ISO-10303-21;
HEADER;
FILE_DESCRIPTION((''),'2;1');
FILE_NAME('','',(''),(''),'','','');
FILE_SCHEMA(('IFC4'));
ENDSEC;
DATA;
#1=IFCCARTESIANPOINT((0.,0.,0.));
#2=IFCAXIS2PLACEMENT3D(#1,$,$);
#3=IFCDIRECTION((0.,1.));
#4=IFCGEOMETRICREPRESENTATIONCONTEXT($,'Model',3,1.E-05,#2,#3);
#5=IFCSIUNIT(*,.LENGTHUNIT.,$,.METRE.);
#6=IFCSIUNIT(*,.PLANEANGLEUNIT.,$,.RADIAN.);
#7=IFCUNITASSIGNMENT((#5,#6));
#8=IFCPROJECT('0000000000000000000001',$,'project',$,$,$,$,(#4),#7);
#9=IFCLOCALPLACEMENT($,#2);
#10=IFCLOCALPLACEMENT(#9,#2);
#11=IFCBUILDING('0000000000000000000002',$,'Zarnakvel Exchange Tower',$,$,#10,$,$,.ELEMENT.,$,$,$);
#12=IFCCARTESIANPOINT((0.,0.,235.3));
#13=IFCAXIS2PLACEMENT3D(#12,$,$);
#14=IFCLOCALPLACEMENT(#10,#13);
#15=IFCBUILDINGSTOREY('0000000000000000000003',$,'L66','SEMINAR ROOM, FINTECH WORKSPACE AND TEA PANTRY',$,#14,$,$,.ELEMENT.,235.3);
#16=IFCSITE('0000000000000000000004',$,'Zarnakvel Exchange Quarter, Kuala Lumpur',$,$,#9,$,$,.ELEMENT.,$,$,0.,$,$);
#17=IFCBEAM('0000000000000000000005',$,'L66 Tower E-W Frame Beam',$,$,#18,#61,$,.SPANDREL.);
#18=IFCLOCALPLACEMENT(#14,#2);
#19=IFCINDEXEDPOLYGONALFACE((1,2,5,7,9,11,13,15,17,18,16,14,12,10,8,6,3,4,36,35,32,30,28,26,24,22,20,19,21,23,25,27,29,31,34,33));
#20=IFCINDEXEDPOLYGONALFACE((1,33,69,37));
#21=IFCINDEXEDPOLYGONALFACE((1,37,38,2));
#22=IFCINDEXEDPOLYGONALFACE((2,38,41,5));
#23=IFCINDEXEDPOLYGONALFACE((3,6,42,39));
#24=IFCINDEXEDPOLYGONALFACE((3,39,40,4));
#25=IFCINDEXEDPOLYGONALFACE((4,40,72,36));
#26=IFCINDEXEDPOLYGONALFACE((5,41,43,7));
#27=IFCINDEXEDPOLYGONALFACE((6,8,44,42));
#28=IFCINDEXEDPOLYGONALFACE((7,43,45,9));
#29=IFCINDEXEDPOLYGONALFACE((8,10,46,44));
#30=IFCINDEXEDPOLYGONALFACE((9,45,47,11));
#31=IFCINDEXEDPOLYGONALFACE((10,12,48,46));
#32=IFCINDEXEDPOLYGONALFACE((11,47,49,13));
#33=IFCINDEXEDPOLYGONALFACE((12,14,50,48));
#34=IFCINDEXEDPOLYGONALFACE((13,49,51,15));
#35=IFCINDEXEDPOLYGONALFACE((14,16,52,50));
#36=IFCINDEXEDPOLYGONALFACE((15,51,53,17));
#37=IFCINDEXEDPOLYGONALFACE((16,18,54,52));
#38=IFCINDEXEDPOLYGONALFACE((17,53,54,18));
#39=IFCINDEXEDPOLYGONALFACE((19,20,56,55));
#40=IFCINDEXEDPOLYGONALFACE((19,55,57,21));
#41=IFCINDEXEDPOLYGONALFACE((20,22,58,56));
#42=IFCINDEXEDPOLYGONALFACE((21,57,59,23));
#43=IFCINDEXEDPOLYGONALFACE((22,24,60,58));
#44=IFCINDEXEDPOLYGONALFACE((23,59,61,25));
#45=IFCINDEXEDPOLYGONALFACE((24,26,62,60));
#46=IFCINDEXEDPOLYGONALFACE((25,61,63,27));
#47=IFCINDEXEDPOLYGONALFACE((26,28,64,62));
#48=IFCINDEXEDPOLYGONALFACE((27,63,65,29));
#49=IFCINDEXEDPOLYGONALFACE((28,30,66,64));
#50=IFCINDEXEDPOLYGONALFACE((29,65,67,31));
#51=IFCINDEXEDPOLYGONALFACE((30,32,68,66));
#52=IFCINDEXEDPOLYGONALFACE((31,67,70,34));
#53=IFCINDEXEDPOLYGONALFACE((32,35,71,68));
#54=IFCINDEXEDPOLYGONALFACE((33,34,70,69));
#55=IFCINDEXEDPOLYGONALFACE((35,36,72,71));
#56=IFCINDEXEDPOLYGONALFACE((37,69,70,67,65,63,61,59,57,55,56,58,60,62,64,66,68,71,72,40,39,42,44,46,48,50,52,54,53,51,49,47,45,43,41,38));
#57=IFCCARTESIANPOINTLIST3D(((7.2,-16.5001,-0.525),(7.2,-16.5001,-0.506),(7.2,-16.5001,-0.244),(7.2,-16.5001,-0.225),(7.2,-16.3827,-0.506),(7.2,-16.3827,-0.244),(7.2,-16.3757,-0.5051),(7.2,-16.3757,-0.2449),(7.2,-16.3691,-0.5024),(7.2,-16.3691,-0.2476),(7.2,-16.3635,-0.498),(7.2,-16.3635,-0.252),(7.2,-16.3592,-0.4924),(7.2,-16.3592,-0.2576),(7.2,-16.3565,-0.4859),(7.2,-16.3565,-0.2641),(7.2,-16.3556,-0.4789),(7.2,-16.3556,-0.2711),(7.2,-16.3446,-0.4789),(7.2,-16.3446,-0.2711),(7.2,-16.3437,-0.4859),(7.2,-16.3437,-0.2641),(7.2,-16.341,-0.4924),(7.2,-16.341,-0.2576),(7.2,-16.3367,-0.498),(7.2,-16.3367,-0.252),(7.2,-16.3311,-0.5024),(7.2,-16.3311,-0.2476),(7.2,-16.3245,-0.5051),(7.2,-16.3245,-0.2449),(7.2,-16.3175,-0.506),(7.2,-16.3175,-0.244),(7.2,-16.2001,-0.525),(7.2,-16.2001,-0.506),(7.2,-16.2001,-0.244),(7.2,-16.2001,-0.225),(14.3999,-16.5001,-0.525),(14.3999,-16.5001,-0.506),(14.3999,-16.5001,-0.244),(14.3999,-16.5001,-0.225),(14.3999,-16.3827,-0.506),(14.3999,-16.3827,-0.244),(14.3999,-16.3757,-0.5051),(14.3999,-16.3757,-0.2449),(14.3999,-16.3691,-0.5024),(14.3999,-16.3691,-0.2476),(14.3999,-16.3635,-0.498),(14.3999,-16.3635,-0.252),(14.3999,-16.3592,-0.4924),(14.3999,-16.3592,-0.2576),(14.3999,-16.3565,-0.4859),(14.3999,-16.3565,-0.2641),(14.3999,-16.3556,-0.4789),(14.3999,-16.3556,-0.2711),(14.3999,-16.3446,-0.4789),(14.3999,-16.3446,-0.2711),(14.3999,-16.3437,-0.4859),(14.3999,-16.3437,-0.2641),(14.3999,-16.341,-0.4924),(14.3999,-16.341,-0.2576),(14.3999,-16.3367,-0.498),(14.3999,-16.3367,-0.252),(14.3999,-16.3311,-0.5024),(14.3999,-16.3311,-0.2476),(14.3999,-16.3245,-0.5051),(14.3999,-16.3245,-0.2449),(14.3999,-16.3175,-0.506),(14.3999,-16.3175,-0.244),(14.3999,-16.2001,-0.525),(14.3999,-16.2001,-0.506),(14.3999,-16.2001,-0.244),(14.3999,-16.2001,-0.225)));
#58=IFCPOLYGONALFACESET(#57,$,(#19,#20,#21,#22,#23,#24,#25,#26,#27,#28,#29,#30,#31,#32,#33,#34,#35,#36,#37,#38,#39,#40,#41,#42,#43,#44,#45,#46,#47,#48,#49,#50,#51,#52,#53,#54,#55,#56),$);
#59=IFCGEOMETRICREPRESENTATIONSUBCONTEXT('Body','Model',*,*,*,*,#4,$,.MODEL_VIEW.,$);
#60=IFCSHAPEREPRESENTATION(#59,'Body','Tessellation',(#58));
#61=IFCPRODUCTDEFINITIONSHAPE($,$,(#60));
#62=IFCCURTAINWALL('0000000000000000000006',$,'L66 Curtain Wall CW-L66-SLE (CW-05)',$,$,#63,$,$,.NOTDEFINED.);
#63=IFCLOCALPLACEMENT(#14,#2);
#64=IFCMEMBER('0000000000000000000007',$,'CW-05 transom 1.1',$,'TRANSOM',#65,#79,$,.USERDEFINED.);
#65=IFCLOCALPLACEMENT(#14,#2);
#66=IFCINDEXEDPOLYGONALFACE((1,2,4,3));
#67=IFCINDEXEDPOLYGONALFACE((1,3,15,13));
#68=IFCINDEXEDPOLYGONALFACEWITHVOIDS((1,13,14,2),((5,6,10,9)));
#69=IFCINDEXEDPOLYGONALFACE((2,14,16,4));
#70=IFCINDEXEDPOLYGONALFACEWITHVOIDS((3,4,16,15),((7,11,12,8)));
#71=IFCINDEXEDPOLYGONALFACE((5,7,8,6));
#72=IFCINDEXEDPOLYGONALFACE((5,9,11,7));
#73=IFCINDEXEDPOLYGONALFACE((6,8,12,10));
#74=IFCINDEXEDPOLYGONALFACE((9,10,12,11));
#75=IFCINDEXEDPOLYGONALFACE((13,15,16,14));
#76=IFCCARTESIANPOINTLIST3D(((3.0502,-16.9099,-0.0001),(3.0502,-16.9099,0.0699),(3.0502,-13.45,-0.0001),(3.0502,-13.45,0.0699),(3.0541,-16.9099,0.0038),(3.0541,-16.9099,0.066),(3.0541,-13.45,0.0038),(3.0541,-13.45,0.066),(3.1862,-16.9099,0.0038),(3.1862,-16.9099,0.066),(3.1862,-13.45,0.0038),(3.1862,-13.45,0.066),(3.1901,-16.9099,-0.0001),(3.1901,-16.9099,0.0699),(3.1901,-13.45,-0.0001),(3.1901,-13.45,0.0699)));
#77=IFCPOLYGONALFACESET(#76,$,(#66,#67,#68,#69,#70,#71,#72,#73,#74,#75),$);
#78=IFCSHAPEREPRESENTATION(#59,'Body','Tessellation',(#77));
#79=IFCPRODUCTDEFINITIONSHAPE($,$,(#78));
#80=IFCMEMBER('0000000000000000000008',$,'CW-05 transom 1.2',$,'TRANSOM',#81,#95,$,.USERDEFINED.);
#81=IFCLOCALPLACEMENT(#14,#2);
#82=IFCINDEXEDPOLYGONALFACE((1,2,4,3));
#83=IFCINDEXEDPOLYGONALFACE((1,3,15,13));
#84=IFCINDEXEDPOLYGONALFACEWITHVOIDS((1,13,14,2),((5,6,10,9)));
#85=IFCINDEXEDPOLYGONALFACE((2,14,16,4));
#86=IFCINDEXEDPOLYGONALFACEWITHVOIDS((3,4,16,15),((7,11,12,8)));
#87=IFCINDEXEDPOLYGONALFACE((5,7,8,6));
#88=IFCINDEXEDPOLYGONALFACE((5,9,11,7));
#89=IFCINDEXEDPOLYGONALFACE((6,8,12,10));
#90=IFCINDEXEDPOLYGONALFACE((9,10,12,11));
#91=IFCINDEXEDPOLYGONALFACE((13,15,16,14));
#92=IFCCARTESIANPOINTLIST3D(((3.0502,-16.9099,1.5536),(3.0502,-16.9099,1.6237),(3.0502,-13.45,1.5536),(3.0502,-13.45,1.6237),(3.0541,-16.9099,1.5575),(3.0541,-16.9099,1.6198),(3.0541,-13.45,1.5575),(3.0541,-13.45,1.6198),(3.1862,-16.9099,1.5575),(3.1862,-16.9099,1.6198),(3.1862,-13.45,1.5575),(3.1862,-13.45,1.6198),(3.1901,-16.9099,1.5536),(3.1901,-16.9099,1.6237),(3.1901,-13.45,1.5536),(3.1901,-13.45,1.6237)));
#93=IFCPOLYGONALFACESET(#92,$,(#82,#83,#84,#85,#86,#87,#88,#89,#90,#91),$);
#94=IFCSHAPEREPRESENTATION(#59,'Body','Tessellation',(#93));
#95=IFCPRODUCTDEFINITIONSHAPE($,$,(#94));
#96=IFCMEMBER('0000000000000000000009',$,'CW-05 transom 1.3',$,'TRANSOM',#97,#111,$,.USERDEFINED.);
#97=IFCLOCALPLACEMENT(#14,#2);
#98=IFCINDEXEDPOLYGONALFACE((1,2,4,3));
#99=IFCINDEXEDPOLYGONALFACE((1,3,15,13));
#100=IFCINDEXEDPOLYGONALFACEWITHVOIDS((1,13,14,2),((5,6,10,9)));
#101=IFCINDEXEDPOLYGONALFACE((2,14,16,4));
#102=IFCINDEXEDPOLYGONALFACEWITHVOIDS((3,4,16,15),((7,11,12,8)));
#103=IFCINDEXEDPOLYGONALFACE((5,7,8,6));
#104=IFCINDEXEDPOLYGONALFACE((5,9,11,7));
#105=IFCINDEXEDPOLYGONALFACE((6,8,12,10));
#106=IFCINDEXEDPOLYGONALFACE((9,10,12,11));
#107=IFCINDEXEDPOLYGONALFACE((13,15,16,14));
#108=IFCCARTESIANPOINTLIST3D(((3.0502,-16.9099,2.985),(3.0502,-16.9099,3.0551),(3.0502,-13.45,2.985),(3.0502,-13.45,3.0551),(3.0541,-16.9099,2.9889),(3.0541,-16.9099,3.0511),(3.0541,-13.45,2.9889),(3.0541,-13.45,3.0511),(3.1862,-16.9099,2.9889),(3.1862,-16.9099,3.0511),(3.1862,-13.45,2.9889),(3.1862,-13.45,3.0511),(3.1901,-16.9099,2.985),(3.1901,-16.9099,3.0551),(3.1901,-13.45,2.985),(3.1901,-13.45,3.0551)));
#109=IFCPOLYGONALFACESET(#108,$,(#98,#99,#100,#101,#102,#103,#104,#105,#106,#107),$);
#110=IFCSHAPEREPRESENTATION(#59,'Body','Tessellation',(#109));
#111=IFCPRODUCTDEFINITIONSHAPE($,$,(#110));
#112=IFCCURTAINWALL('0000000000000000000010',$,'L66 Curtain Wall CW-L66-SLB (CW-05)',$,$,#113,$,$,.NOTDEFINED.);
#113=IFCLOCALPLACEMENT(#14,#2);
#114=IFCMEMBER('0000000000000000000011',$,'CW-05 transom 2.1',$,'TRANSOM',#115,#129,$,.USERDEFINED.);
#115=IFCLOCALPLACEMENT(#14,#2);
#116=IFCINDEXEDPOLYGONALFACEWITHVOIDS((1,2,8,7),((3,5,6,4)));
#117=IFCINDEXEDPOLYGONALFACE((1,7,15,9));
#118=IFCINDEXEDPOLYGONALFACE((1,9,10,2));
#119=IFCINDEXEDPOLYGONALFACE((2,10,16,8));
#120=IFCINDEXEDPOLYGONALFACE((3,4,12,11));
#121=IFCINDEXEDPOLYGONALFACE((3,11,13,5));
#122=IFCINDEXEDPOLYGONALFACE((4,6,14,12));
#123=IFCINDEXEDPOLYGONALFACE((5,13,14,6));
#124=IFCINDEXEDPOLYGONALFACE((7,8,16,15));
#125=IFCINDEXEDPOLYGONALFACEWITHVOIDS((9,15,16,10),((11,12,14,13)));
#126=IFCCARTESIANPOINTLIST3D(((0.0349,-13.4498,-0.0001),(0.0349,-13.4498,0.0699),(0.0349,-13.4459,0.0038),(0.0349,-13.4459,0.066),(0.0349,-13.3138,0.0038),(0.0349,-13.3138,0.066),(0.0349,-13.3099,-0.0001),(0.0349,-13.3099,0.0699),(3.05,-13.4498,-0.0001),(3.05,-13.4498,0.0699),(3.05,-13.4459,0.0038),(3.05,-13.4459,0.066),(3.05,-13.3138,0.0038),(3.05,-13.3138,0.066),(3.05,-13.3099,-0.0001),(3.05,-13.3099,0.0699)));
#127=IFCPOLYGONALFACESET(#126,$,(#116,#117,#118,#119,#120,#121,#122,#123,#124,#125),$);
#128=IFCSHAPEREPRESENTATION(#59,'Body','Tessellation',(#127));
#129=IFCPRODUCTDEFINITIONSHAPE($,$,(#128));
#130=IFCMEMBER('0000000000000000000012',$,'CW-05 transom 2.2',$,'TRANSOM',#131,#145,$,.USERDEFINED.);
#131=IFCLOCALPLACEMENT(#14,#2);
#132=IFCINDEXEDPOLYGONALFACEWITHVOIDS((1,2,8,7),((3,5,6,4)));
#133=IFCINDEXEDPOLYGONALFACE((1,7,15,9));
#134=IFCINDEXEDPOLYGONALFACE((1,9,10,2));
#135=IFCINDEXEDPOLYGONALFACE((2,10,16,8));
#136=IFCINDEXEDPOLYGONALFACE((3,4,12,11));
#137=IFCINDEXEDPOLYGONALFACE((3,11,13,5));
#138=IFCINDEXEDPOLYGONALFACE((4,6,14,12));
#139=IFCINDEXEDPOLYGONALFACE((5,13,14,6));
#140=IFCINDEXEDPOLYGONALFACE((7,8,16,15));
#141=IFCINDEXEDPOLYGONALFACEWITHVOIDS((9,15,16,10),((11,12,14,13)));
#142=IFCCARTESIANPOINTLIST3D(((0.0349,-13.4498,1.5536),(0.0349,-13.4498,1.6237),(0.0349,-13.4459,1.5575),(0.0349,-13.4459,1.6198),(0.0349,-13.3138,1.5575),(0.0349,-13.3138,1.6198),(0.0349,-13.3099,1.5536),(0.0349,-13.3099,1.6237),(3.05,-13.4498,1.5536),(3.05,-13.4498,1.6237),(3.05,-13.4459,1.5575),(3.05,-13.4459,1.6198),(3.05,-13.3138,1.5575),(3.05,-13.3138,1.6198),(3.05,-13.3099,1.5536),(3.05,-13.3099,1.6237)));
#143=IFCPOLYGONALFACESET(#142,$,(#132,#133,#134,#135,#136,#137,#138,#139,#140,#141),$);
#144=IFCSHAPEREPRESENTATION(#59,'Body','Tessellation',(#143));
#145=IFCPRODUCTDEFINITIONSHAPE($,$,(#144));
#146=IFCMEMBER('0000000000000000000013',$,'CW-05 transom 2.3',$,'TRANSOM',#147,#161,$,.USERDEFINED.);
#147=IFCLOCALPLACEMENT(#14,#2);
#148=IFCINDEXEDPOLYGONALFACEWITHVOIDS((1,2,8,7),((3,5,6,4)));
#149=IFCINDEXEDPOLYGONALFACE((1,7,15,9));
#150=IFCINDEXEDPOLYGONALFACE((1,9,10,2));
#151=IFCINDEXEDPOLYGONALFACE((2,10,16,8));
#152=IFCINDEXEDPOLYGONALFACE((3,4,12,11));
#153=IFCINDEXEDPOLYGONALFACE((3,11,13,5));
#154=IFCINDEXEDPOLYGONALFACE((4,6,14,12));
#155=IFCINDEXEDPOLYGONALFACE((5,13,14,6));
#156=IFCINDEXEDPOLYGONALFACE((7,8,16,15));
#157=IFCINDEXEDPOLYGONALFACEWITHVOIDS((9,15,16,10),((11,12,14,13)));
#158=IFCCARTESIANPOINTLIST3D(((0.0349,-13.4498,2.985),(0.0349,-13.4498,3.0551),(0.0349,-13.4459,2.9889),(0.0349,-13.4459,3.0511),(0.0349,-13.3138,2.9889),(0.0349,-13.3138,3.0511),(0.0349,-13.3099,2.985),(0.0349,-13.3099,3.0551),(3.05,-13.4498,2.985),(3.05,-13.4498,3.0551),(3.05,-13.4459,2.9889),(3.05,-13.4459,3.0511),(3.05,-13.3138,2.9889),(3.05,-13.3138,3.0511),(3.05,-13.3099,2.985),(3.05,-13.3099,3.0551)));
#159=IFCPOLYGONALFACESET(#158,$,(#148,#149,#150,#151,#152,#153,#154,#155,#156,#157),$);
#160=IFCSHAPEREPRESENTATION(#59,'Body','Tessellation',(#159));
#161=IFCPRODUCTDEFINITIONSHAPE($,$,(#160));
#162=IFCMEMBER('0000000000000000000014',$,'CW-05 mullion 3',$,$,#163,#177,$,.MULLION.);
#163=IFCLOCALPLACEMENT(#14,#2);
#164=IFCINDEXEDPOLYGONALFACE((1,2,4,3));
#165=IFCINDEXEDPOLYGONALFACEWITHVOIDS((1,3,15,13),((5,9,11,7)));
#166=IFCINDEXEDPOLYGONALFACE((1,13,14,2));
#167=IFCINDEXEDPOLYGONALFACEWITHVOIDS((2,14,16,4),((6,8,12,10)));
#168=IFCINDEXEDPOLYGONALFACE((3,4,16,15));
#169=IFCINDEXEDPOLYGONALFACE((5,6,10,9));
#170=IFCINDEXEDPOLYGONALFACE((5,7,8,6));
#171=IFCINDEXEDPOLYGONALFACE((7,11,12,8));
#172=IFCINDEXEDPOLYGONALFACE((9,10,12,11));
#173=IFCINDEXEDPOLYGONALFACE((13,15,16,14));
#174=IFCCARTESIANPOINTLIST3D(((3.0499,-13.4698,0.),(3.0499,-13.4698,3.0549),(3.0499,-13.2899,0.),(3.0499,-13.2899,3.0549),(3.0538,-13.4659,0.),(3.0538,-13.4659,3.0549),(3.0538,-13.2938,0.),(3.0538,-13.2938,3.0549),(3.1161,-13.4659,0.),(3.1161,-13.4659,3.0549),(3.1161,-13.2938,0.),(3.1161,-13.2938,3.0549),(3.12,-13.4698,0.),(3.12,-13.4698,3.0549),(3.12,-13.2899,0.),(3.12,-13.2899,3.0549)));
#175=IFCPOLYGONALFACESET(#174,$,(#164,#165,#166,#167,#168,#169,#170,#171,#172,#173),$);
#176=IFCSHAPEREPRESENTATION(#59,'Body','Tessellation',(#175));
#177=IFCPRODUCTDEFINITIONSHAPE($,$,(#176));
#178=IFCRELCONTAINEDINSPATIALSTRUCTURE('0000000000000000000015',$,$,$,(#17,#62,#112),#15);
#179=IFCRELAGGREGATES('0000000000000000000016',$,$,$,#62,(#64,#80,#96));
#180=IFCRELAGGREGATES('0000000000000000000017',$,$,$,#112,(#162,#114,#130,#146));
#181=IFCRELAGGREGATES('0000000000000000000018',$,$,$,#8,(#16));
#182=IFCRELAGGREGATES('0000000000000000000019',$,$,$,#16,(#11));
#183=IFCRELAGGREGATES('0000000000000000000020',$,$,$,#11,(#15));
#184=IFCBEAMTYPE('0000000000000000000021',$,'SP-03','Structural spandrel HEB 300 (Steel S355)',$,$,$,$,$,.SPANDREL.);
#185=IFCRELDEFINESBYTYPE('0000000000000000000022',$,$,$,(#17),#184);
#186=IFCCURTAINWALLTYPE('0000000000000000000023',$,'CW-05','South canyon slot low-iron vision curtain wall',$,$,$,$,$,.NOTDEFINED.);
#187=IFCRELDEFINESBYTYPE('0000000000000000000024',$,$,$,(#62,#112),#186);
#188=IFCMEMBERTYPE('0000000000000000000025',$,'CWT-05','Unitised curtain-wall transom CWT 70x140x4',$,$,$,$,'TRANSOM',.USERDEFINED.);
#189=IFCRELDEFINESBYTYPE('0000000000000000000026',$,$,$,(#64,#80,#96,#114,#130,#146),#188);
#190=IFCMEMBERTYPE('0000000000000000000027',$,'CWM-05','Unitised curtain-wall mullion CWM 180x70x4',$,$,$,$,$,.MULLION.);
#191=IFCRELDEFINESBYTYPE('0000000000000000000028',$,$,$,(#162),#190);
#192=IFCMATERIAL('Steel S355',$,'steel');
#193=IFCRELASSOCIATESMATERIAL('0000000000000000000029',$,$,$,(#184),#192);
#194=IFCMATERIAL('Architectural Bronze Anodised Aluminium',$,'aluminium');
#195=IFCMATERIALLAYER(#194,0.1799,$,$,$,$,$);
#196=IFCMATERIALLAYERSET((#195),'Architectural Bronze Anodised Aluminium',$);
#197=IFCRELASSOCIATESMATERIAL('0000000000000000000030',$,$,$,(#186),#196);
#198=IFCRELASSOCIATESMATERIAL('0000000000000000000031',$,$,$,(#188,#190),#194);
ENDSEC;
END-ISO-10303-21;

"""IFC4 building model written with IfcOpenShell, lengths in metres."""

from ifc_helpers import new_model, si_unit, direction, frame, origin, origin_2d, place, context, subcontext, project, spatial, hollow_rectangle, i_section, extrude, source, transform, mapped, material, layer, layer_set, material_profile, profile_set, type_object, element, aggregate, save


model = new_model("IFC4")

# Units and contexts
model_context = context("Model", 3, precision=1e-05, world=origin(), true_north=direction((0.0, 1.0)))
body_context = subcontext(model_context, "Body", "Model", "MODEL_VIEW")
ifc_project = project(units=[si_unit("LENGTHUNIT", "METRE"), si_unit("PLANEANGLEUNIT", "RADIAN")], contexts=[model_context])

# Site, building, storey
site_placement = place(None, origin())
site = spatial("IfcSite", under=ifc_project, at=site_placement, Name="Zarnakvel Exchange Quarter, Kuala Lumpur", CompositionType="ELEMENT", RefElevation=0.0)
building_placement = place(site_placement, origin())
building = spatial("IfcBuilding", under=site, at=building_placement, Name="Zarnakvel Exchange Tower", CompositionType="ELEMENT")
storey_placement = place(building_placement, frame((0.0, 0.0, 235.3)))
storey = spatial("IfcBuildingStorey", under=building, at=storey_placement, Name="L66", Description="SEMINAR ROOM, FINTECH WORKSPACE AND TEA PANTRY", CompositionType="ELEMENT", Elevation=235.3)

# Beam
ifc_material_1 = material(Name="Steel S355", Category="steel")
ifc_material_profile_1 = material_profile(ifc_material_1, i_section(OverallWidth=0.3, OverallDepth=0.3, WebThickness=0.011, FlangeThickness=0.019, FilletRadius=0.0271, at=origin_2d()))
ifc_profile_set_1 = profile_set([ifc_material_profile_1], Name="Steel S355")
beam_type_1 = type_object("IfcBeamType", Name="SP-03", Description="Structural spandrel HEB 300 (Steel S355)", PredefinedType="SPANDREL", material=ifc_profile_set_1)
beam_1_placement = place(storey_placement, frame((7.2, -16.3501, -0.375), z_axis=(1.0, 0.0, 0.0), x_axis=(0.0, 1.0, 0.0)))
element("IfcBeam", 1, at=beam_1_placement, inside=storey, type_object=beam_type_1, Name="L66 Tower E-W Frame Beam", PredefinedType="SPANDREL", context=body_context, shape_type="SweptSolid", body=[
    extrude(i_section(OverallWidth=0.3, OverallDepth=0.3, WebThickness=0.011, FlangeThickness=0.019, FilletRadius=0.0271, at=origin_2d()), origin(), (0.0, 0.0, 1.0), 7.2),
])

# Curtain walls, members
ifc_material_2 = material(Name="Architectural Bronze Anodised Aluminium", Category="aluminium")
ifc_layer_1 = layer(ifc_material_2, 0.1799)
ifc_layer_set_1 = layer_set([ifc_layer_1], Name="Architectural Bronze Anodised Aluminium")
curtain_wall_type = type_object("IfcCurtainWallType", Name="CW-05", Description="South canyon slot low-iron vision curtain wall", PredefinedType="NOTDEFINED", material=ifc_layer_set_1)
curtain_wall_1_placement = place(storey_placement, origin())
curtain_wall_1 = element("IfcCurtainWall", 2, at=curtain_wall_1_placement, inside=storey, type_object=curtain_wall_type, Name="L66 Curtain Wall CW-L66-SLE (CW-05)", PredefinedType="NOTDEFINED")
ifc_material_profile_2 = material_profile(ifc_material_2, hollow_rectangle(XDim=0.1399, YDim=0.0701, WallThickness=0.0039, at=origin_2d()))
ifc_profile_set_2 = profile_set([ifc_material_profile_2], Name="Architectural Bronze Anodised Aluminium")
member_type_1 = type_object("IfcMemberType", Name="CWT-05", Description="Unitised curtain-wall transom CWT 70x140x4", ElementType="TRANSOM", PredefinedType="USERDEFINED", material=ifc_profile_set_2)
shared_shape_1 = source(origin(), body_context, "Body", "SweptSolid", [
    extrude(hollow_rectangle(XDim=0.1399, YDim=0.0701, WallThickness=0.0039, at=origin_2d()), origin(), (0.0, 0.0, 1.0), 3.46),
])
member_1_placement = place(storey_placement, frame((3.1201, -13.45, 0.0349), z_axis=(0.0, -1.0, 0.0), x_axis=(1.0, 0.0, 0.0)))
member_1 = element("IfcMember", 3, at=member_1_placement, type_object=member_type_1, Name="CW-05 transom 1.1", ObjectType="TRANSOM", PredefinedType="USERDEFINED", context=body_context, shape_type="MappedRepresentation", body=[
    mapped(shared_shape_1, transform((0.0, 0.0, 0.0), x_axis=(1.0, 0.0, 0.0), y_axis=(0.0, 1.0, 0.0), z_axis=(0.0, 0.0, 1.0), scale=1.0)),
])
member_2_placement = place(storey_placement, frame((3.1201, -13.45, 1.5886), z_axis=(0.0, -1.0, 0.0), x_axis=(1.0, 0.0, 0.0)))
member_2 = element("IfcMember", 4, at=member_2_placement, type_object=member_type_1, Name="CW-05 transom 1.2", ObjectType="TRANSOM", PredefinedType="USERDEFINED", context=body_context, shape_type="MappedRepresentation", body=[
    mapped(shared_shape_1, transform((0.0, 0.0, 0.0), x_axis=(1.0, 0.0, 0.0), y_axis=(0.0, 1.0, 0.0), z_axis=(0.0, 0.0, 1.0), scale=1.0)),
])
member_3_placement = place(storey_placement, frame((3.1201, -13.45, 3.02), z_axis=(0.0, -1.0, 0.0), x_axis=(1.0, 0.0, 0.0)))
member_3 = element("IfcMember", 5, at=member_3_placement, type_object=member_type_1, Name="CW-05 transom 1.3", ObjectType="TRANSOM", PredefinedType="USERDEFINED", context=body_context, shape_type="MappedRepresentation", body=[
    mapped(shared_shape_1, transform((0.0, 0.0, 0.0), x_axis=(1.0, 0.0, 0.0), y_axis=(0.0, 1.0, 0.0), z_axis=(0.0, 0.0, 1.0), scale=1.0)),
])
curtain_wall_2_placement = place(storey_placement, origin())
curtain_wall_2 = element("IfcCurtainWall", 6, at=curtain_wall_2_placement, inside=storey, type_object=curtain_wall_type, Name="L66 Curtain Wall CW-L66-SLB (CW-05)", PredefinedType="NOTDEFINED")
shared_shape_2 = source(origin(), body_context, "Body", "SweptSolid", [
    extrude(hollow_rectangle(XDim=0.1399, YDim=0.0701, WallThickness=0.0039, at=origin_2d()), origin(), (0.0, 0.0, 1.0), 3.0151),
])
member_4_placement = place(storey_placement, frame((0.0349, -13.3799, 0.0349), z_axis=(1.0, 0.0, 0.0), x_axis=(0.0, 1.0, 0.0)))
member_4 = element("IfcMember", 7, at=member_4_placement, type_object=member_type_1, Name="CW-05 transom 2.1", ObjectType="TRANSOM", PredefinedType="USERDEFINED", context=body_context, shape_type="MappedRepresentation", body=[
    mapped(shared_shape_2, transform((0.0, 0.0, 0.0), x_axis=(1.0, 0.0, 0.0), y_axis=(0.0, 1.0, 0.0), z_axis=(0.0, 0.0, 1.0), scale=1.0)),
])
member_5_placement = place(storey_placement, frame((0.0349, -13.3799, 1.5886), z_axis=(1.0, 0.0, 0.0), x_axis=(0.0, 1.0, 0.0)))
member_5 = element("IfcMember", 8, at=member_5_placement, type_object=member_type_1, Name="CW-05 transom 2.2", ObjectType="TRANSOM", PredefinedType="USERDEFINED", context=body_context, shape_type="MappedRepresentation", body=[
    mapped(shared_shape_2, transform((0.0, 0.0, 0.0), x_axis=(1.0, 0.0, 0.0), y_axis=(0.0, 1.0, 0.0), z_axis=(0.0, 0.0, 1.0), scale=1.0)),
])
member_6_placement = place(storey_placement, frame((0.0349, -13.3799, 3.02), z_axis=(1.0, 0.0, 0.0), x_axis=(0.0, 1.0, 0.0)))
member_6 = element("IfcMember", 9, at=member_6_placement, type_object=member_type_1, Name="CW-05 transom 2.3", ObjectType="TRANSOM", PredefinedType="USERDEFINED", context=body_context, shape_type="MappedRepresentation", body=[
    mapped(shared_shape_2, transform((0.0, 0.0, 0.0), x_axis=(1.0, 0.0, 0.0), y_axis=(0.0, 1.0, 0.0), z_axis=(0.0, 0.0, 1.0), scale=1.0)),
])
ifc_material_profile_3 = material_profile(ifc_material_2, hollow_rectangle(XDim=0.1799, YDim=0.0701, WallThickness=0.0039, at=origin_2d()))
ifc_profile_set_3 = profile_set([ifc_material_profile_3], Name="Architectural Bronze Anodised Aluminium")
member_type_2 = type_object("IfcMemberType", Name="CWM-05", Description="Unitised curtain-wall mullion CWM 180x70x4", PredefinedType="MULLION", material=ifc_profile_set_3)
shared_shape_3 = source(origin(), body_context, "Body", "SweptSolid", [
    extrude(hollow_rectangle(XDim=0.1799, YDim=0.0701, WallThickness=0.0039, at=origin_2d()), origin(), (0.0, 0.0, 1.0), 3.0549),
])
member_7_placement = place(storey_placement, frame((3.085, -13.3799, 0.0), z_axis=(0.0, 0.0, 1.0), x_axis=(0.0, 1.0, 0.0)))
member_7 = element("IfcMember", 10, at=member_7_placement, type_object=member_type_2, Name="CW-05 mullion 3", PredefinedType="MULLION", context=body_context, shape_type="MappedRepresentation", body=[
    mapped(shared_shape_3, transform((0.0, 0.0, 0.0), x_axis=(1.0, 0.0, 0.0), y_axis=(0.0, 1.0, 0.0), z_axis=(0.0, 0.0, 1.0), scale=1.0)),
])

aggregate(curtain_wall_1, [member_1, member_2, member_3])
aggregate(curtain_wall_2, [member_7, member_4, member_5, member_6])

save(model, "model.ifc")
